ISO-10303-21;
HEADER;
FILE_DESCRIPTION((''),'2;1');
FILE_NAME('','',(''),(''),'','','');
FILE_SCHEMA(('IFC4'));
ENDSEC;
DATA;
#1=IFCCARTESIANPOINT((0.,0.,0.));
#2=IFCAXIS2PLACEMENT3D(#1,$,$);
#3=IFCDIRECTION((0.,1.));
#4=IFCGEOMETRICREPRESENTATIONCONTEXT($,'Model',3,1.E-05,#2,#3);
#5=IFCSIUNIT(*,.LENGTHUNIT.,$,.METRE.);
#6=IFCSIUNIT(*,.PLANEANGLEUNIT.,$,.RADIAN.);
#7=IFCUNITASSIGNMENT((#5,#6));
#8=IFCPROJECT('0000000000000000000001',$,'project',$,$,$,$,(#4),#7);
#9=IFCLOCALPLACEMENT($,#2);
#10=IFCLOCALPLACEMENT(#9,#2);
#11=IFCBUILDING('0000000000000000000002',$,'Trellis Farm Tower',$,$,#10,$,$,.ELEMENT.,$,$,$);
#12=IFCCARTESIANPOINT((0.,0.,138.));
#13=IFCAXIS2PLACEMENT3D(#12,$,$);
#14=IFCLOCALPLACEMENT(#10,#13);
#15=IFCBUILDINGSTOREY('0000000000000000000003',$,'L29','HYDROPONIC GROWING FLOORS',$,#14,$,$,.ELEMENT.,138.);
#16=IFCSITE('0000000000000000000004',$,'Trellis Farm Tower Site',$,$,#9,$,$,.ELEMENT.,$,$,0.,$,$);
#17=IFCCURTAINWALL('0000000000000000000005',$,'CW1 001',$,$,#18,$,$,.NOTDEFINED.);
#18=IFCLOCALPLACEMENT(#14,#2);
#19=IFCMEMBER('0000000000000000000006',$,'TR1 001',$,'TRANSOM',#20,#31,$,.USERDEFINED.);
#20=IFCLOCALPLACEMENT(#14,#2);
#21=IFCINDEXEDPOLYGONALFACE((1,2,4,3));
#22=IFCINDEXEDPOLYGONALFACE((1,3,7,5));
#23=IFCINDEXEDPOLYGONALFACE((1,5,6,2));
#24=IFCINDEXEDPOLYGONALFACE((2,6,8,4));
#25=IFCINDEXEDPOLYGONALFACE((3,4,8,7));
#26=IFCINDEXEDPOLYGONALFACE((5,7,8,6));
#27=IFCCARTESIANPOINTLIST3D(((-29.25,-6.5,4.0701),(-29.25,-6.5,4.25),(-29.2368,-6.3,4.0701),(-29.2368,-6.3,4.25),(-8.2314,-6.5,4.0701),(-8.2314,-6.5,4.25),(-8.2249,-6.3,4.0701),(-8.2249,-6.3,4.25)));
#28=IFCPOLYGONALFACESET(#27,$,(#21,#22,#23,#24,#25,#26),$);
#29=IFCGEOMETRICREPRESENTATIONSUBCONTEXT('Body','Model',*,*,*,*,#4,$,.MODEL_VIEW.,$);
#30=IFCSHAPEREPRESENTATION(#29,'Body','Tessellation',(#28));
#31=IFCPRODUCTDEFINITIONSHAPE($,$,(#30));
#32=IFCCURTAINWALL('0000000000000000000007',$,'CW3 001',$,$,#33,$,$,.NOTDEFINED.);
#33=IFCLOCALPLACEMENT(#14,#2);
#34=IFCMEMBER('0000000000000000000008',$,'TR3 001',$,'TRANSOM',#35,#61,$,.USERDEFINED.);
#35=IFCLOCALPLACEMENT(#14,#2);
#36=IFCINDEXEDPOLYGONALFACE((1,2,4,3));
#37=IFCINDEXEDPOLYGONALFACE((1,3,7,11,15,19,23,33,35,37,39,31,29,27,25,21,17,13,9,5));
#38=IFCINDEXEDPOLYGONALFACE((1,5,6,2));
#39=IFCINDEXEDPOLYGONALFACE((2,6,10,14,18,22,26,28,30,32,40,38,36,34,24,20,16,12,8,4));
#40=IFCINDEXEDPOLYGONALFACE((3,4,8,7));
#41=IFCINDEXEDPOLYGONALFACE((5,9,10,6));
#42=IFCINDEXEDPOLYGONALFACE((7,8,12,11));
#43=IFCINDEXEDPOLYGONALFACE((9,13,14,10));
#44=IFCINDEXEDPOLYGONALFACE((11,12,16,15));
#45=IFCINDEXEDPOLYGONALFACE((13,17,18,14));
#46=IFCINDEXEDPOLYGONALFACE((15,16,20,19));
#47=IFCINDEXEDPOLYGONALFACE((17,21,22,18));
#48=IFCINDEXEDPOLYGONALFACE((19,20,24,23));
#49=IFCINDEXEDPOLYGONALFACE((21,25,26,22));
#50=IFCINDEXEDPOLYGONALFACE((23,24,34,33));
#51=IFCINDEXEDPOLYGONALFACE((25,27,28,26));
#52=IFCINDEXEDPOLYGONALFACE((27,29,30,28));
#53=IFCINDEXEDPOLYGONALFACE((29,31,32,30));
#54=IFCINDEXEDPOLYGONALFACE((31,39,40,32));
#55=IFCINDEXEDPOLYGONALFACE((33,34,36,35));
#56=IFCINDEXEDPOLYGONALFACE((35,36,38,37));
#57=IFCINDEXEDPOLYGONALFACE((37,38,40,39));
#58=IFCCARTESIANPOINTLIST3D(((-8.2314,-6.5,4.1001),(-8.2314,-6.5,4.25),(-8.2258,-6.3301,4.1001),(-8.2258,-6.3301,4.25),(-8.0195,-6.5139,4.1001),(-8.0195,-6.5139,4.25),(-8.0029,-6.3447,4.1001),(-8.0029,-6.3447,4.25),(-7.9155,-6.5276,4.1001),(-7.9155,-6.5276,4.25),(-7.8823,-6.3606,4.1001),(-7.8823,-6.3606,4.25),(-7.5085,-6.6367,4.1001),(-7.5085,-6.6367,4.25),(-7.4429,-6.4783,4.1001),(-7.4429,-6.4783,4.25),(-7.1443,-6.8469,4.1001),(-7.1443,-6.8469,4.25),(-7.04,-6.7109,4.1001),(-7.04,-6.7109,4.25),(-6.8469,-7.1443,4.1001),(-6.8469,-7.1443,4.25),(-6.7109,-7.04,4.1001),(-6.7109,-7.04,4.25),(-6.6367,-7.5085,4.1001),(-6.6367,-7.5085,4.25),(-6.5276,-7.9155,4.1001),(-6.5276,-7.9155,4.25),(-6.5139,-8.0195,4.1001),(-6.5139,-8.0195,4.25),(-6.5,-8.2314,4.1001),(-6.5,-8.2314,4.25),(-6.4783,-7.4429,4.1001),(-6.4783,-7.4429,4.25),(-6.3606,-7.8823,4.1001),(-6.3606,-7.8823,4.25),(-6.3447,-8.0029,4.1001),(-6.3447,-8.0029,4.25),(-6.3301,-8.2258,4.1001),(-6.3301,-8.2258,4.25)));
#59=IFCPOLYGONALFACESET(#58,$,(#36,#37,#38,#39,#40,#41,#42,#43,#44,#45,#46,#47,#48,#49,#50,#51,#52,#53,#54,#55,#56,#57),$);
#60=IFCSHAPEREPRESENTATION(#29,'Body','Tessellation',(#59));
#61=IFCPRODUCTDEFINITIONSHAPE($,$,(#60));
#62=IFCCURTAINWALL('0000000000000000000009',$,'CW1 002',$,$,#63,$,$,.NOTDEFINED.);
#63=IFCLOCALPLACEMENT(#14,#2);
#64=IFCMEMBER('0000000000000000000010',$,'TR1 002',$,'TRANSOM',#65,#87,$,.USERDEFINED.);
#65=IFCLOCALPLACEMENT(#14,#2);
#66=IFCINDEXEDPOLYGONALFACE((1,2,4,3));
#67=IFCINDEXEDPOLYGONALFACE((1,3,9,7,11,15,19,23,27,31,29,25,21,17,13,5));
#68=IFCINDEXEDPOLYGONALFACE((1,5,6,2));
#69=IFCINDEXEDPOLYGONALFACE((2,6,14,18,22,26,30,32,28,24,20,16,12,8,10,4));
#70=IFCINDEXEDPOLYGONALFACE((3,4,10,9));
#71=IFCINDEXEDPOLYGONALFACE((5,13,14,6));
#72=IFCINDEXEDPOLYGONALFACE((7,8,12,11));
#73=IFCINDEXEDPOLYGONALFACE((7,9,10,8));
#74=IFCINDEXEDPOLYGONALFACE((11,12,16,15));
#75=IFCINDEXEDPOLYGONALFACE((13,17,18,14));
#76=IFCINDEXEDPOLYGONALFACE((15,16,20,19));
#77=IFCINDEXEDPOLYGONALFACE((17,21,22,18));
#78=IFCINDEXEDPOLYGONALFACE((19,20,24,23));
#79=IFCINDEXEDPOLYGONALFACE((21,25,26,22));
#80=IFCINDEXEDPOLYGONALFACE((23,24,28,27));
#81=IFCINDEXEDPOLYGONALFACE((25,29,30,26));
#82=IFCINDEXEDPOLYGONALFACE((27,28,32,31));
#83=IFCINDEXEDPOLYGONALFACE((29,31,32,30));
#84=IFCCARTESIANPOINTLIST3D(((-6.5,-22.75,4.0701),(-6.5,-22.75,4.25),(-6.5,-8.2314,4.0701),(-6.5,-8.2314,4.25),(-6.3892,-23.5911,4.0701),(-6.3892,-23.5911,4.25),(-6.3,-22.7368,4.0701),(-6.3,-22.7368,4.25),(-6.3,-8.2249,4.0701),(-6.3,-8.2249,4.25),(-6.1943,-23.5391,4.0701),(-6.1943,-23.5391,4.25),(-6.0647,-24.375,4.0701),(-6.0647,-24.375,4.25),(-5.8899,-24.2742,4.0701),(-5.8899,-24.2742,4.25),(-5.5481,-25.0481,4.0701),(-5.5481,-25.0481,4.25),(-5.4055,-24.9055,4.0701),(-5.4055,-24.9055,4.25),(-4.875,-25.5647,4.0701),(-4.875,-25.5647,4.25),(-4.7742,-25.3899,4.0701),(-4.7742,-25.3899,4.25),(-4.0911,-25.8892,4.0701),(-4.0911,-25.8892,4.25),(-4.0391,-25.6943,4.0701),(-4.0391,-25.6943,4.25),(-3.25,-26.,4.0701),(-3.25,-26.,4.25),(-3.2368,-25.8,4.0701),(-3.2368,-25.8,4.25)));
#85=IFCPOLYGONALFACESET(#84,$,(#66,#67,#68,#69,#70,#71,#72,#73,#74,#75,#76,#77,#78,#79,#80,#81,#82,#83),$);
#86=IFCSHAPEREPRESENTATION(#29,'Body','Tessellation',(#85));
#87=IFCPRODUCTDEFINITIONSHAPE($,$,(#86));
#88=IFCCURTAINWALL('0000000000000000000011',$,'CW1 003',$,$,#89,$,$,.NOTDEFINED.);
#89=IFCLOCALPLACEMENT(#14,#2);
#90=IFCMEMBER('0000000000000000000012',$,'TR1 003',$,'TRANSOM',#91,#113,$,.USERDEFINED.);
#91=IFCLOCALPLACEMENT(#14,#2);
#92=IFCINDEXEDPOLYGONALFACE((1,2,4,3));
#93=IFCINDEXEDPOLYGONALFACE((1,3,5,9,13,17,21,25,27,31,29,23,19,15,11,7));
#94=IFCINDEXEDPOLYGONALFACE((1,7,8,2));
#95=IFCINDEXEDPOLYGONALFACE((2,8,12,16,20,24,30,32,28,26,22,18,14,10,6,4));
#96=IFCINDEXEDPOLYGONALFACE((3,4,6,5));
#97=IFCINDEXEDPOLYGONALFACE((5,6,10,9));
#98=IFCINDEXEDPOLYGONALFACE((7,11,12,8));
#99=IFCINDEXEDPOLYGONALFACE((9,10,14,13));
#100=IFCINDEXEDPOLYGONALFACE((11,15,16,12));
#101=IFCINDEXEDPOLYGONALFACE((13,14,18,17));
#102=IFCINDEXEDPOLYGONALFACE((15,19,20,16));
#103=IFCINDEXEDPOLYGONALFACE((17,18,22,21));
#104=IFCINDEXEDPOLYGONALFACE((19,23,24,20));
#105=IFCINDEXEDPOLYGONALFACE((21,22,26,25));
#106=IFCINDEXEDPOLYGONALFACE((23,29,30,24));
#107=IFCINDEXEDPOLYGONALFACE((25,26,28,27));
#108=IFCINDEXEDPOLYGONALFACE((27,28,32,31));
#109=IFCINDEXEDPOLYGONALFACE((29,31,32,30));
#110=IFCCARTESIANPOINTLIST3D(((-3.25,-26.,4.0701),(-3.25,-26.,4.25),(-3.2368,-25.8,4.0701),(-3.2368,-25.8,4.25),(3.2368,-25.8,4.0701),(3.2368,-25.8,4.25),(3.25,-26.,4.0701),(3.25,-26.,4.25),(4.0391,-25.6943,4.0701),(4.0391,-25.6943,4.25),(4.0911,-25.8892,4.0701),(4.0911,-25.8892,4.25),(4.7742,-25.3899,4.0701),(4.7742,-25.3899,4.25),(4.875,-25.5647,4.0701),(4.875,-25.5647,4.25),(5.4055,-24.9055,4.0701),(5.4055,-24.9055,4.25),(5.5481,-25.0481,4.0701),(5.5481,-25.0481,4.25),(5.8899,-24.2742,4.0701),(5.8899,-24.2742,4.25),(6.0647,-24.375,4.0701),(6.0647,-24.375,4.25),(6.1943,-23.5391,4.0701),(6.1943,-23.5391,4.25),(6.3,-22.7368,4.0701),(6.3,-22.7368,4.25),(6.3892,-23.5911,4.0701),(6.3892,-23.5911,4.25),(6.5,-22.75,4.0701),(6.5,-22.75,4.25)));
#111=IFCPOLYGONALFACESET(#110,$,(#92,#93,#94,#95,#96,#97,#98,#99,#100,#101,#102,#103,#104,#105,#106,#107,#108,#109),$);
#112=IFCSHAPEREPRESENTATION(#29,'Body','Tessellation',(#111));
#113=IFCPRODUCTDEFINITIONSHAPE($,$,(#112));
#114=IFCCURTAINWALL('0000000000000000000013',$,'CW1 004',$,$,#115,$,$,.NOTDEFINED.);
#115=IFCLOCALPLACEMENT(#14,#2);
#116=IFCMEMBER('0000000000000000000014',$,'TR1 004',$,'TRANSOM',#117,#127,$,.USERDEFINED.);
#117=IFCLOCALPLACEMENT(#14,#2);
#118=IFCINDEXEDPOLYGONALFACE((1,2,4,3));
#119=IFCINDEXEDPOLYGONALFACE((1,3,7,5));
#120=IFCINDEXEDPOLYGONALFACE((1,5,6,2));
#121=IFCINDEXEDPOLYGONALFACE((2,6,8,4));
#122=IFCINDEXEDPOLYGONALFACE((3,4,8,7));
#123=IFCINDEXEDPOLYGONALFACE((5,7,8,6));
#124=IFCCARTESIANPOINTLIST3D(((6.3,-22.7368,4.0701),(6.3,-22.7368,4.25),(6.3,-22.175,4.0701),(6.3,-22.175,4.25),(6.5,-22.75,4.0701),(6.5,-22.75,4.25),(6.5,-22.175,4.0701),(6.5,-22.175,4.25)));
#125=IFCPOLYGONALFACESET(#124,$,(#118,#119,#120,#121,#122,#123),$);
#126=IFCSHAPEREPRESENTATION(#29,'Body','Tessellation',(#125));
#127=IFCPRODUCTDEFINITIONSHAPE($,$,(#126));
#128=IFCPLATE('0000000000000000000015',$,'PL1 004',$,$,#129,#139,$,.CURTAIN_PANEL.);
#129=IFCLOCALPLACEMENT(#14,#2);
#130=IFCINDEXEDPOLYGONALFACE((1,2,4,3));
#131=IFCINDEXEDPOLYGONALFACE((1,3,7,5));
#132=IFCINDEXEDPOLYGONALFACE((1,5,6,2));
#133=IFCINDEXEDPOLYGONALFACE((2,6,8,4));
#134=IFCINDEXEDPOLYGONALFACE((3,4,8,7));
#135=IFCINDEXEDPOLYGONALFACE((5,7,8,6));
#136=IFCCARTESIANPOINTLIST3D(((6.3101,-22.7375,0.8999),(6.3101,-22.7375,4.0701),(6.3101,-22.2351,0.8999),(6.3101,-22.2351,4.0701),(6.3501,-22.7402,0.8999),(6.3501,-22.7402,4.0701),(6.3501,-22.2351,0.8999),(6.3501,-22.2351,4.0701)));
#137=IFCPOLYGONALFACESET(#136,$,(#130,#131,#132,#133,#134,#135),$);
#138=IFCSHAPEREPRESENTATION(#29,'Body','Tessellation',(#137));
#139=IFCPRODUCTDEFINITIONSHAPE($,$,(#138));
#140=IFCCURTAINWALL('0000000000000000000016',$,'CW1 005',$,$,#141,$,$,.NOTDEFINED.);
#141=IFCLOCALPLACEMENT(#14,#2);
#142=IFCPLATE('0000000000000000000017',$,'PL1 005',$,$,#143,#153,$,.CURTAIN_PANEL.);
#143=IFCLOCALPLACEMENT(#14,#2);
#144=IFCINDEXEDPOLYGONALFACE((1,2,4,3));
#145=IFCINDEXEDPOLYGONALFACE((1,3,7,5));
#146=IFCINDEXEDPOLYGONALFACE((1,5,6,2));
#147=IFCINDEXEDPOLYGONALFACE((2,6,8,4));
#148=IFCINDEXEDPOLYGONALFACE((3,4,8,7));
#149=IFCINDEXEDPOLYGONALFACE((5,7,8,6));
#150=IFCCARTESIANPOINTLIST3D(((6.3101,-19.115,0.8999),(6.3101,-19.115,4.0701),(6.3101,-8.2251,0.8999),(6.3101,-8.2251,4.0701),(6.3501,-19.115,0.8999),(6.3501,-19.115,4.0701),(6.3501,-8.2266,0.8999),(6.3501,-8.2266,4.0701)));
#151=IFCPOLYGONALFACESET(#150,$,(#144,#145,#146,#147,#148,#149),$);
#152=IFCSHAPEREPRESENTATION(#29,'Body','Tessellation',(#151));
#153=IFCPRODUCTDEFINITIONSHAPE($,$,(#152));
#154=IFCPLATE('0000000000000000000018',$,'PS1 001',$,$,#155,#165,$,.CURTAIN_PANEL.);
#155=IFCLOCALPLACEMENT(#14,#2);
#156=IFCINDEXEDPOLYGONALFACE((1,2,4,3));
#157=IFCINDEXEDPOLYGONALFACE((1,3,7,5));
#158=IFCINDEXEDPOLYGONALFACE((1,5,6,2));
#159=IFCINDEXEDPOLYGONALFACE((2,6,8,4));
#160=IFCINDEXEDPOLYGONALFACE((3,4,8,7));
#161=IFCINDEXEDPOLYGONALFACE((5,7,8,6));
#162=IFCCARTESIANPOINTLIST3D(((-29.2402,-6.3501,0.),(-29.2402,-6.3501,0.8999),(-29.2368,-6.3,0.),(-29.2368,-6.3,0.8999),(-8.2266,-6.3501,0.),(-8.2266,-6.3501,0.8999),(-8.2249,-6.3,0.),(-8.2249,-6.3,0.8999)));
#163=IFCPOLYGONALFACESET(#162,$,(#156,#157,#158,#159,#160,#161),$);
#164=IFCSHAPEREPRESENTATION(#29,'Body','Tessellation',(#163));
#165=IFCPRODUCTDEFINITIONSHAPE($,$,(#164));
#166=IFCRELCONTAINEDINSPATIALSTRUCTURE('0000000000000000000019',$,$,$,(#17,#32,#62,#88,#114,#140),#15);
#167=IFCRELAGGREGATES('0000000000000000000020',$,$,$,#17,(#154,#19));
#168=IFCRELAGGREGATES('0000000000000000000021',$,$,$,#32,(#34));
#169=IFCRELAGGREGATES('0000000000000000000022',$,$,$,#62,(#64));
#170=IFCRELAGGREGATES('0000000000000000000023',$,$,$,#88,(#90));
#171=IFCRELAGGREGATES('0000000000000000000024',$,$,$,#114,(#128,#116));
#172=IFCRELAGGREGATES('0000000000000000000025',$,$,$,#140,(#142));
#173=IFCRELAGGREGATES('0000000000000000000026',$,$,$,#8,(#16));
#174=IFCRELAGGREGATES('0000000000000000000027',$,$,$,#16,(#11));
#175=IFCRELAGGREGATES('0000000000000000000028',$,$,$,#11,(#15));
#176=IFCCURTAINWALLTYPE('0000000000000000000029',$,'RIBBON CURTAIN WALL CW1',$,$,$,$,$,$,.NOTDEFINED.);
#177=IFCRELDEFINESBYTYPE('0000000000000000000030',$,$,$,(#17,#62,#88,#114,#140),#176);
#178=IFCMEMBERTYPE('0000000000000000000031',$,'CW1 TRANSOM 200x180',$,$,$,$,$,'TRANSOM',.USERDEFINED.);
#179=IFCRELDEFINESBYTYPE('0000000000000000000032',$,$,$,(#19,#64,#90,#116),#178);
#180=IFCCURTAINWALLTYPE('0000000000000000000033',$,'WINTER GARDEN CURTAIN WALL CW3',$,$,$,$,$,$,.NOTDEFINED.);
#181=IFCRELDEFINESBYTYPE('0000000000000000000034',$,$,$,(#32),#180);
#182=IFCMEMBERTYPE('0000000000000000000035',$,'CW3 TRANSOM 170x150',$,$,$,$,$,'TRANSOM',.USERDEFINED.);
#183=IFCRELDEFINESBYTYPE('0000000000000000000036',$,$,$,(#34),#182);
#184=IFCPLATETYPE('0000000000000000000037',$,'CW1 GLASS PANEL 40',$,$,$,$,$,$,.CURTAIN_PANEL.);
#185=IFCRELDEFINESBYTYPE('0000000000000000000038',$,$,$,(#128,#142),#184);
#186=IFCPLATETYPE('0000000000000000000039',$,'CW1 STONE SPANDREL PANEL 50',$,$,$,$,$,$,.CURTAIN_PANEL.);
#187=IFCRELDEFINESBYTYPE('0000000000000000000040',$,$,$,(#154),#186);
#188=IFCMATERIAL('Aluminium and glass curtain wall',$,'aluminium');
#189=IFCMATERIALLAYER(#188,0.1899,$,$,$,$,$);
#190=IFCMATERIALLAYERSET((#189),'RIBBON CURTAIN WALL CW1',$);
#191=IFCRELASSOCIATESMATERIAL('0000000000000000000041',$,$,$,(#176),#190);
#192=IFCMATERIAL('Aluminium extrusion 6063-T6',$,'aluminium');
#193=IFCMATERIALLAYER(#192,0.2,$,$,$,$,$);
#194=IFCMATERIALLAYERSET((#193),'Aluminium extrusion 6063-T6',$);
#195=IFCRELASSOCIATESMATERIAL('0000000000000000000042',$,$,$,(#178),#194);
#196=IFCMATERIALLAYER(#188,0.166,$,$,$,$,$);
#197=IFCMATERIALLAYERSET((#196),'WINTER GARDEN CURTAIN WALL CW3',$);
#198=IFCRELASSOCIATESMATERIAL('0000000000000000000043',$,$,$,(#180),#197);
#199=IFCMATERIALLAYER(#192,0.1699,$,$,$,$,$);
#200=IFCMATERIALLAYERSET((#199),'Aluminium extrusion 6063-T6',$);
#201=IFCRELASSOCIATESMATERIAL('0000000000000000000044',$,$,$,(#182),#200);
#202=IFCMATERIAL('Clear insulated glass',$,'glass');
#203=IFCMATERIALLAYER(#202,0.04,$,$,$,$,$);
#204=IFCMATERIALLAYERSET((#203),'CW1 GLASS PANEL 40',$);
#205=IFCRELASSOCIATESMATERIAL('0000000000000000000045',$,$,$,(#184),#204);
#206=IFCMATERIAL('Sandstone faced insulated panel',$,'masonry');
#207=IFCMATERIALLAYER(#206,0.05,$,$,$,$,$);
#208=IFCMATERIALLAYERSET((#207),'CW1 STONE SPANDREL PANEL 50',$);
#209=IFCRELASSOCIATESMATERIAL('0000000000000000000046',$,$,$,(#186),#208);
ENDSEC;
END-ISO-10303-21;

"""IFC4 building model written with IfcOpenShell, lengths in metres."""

from ifc_helpers import new_model, si_unit, direction, frame, origin, place, context, subcontext, project, spatial, polyline, outline, extrude, source, transform, mapped, material, layer, layer_set, type_object, element, aggregate, save


model = new_model("IFC4")

# Units and contexts
model_context = context("Model", 3, precision=1e-05, world=origin(), true_north=direction((0.0, 1.0)))
body_context = subcontext(model_context, "Body", "Model", "MODEL_VIEW")
ifc_project = project(units=[si_unit("LENGTHUNIT", "METRE"), si_unit("PLANEANGLEUNIT", "RADIAN")], contexts=[model_context])

# Site, building, storey
site_placement = place(None, origin())
site = spatial("IfcSite", under=ifc_project, at=site_placement, Name="Trellis Farm Tower Site", CompositionType="ELEMENT", RefElevation=0.0)
building_placement = place(site_placement, origin())
building = spatial("IfcBuilding", under=site, at=building_placement, Name="Trellis Farm Tower", CompositionType="ELEMENT")
storey_placement = place(building_placement, frame((0.0, 0.0, 138.0)))
storey = spatial("IfcBuildingStorey", under=building, at=storey_placement, Name="L29", Description="HYDROPONIC GROWING FLOORS", CompositionType="ELEMENT", Elevation=138.0)

# Curtain walls, members
ifc_material_1 = material(Name="Aluminium and glass curtain wall", Category="aluminium")
ifc_layer_1 = layer(ifc_material_1, 0.1899)
ifc_layer_set_1 = layer_set([ifc_layer_1], Name="RIBBON CURTAIN WALL CW1")
curtain_wall_type_1 = type_object("IfcCurtainWallType", Name="RIBBON CURTAIN WALL CW1", PredefinedType="NOTDEFINED", material=ifc_layer_set_1)
placement_1 = place(storey_placement, origin())
curtain_wall_1 = element("IfcCurtainWall", 1, at=placement_1, inside=storey, type_object=curtain_wall_type_1, Name="CW1 001", PredefinedType="NOTDEFINED")
ifc_material_2 = material(Name="Aluminium extrusion 6063-T6", Category="aluminium")
ifc_layer_2 = layer(ifc_material_2, 0.2)
ifc_layer_set_2 = layer_set([ifc_layer_2], Name="Aluminium extrusion 6063-T6")
member_type_1 = type_object("IfcMemberType", Name="CW1 TRANSOM 200x180", ElementType="TRANSOM", PredefinedType="USERDEFINED", material=ifc_layer_set_2)
shared_shape_1 = source(origin(), body_context, "Body", "SweptSolid", [
    extrude(outline(polyline([(-29.25, -6.5), (-8.2314, -6.5), (-8.2249, -6.3), (-29.2368, -6.3), (-29.25, -6.5)])), origin(), (0.0, 0.0, 1.0), 0.1799),
])
placement_2 = place(storey_placement, frame((0.0, 0.0, 4.0701)))
member_1 = element("IfcMember", 2, at=placement_2, type_object=member_type_1, Name="TR1 001", ObjectType="TRANSOM", PredefinedType="USERDEFINED", context=body_context, shape_type="MappedRepresentation", body=[
    mapped(shared_shape_1, transform((0.0, 0.0, 0.0))),
])
ifc_layer_3 = layer(ifc_material_1, 0.166)
ifc_layer_set_3 = layer_set([ifc_layer_3], Name="WINTER GARDEN CURTAIN WALL CW3")
curtain_wall_type_2 = type_object("IfcCurtainWallType", Name="WINTER GARDEN CURTAIN WALL CW3", PredefinedType="NOTDEFINED", material=ifc_layer_set_3)
curtain_wall_2 = element("IfcCurtainWall", 3, at=placement_1, inside=storey, type_object=curtain_wall_type_2, Name="CW3 001", PredefinedType="NOTDEFINED")
ifc_layer_4 = layer(ifc_material_2, 0.1699)
ifc_layer_set_4 = layer_set([ifc_layer_4], Name="Aluminium extrusion 6063-T6")
member_type_2 = type_object("IfcMemberType", Name="CW3 TRANSOM 170x150", ElementType="TRANSOM", PredefinedType="USERDEFINED", material=ifc_layer_set_4)
shared_shape_2 = source(origin(), body_context, "Body", "SweptSolid", [
    extrude(outline(polyline([(-8.2314, -6.5), (-8.0195, -6.5139), (-7.9155, -6.5276), (-7.5085, -6.6367), (-7.1443, -6.8469), (-6.8469, -7.1443), (-6.6367, -7.5085), (-6.5276, -7.9155), (-6.5139, -8.0195), (-6.5, -8.2314), (-6.3301, -8.2258), (-6.3447, -8.0029), (-6.3606, -7.8823), (-6.4783, -7.4429), (-6.7109, -7.04), (-7.04, -6.7109), (-7.4429, -6.4783), (-7.8823, -6.3606), (-8.0029, -6.3447), (-8.2258, -6.3301), (-8.2314, -6.5)])), origin(), (0.0, 0.0, 1.0), 0.1499),
])
member_2_placement = place(storey_placement, frame((0.0, 0.0, 4.1001)))
member_2 = element("IfcMember", 4, at=member_2_placement, type_object=member_type_2, Name="TR3 001", ObjectType="TRANSOM", PredefinedType="USERDEFINED", context=body_context, shape_type="MappedRepresentation", body=[
    mapped(shared_shape_2, transform((0.0, 0.0, 0.0))),
])
curtain_wall_3 = element("IfcCurtainWall", 5, at=placement_1, inside=storey, type_object=curtain_wall_type_1, Name="CW1 002", PredefinedType="NOTDEFINED")
shared_shape_3 = source(origin(), body_context, "Body", "SweptSolid", [
    extrude(outline(polyline([(-6.5, -8.2314), (-6.5, -22.75), (-6.3892, -23.5911), (-6.0647, -24.375), (-5.5481, -25.0481), (-4.875, -25.5647), (-4.0911, -25.8892), (-3.25, -26.0), (-3.2368, -25.8), (-4.0391, -25.6943), (-4.7742, -25.3899), (-5.4055, -24.9055), (-5.8899, -24.2742), (-6.1943, -23.5391), (-6.3, -22.7368), (-6.3, -8.2249), (-6.5, -8.2314)])), origin(), (0.0, 0.0, 1.0), 0.1799),
])
member_3 = element("IfcMember", 6, at=placement_2, type_object=member_type_1, Name="TR1 002", ObjectType="TRANSOM", PredefinedType="USERDEFINED", context=body_context, shape_type="MappedRepresentation", body=[
    mapped(shared_shape_3, transform((0.0, 0.0, 0.0))),
])
curtain_wall_4 = element("IfcCurtainWall", 7, at=placement_1, inside=storey, type_object=curtain_wall_type_1, Name="CW1 003", PredefinedType="NOTDEFINED")
shared_shape_4 = source(origin(), body_context, "Body", "SweptSolid", [
    extrude(outline(polyline([(-3.25, -26.0), (3.25, -26.0), (4.0911, -25.8892), (4.875, -25.5647), (5.5481, -25.0481), (6.0647, -24.375), (6.3892, -23.5911), (6.5, -22.75), (6.3, -22.7368), (6.1943, -23.5391), (5.8899, -24.2742), (5.4055, -24.9055), (4.7742, -25.3899), (4.0391, -25.6943), (3.2368, -25.8), (-3.2368, -25.8), (-3.25, -26.0)])), origin(), (0.0, 0.0, 1.0), 0.1799),
])
member_4 = element("IfcMember", 8, at=placement_2, type_object=member_type_1, Name="TR1 003", ObjectType="TRANSOM", PredefinedType="USERDEFINED", context=body_context, shape_type="MappedRepresentation", body=[
    mapped(shared_shape_4, transform((0.0, 0.0, 0.0))),
])

# Curtain wall, member, plate
curtain_wall_5 = element("IfcCurtainWall", 9, at=placement_1, inside=storey, type_object=curtain_wall_type_1, Name="CW1 004", PredefinedType="NOTDEFINED")
shared_shape_5 = source(origin(), body_context, "Body", "SweptSolid", [
    extrude(outline(polyline([(6.5, -22.75), (6.5, -22.175), (6.3, -22.175), (6.3, -22.7368), (6.5, -22.75)])), origin(), (0.0, 0.0, 1.0), 0.1799),
])
member_5 = element("IfcMember", 10, at=placement_2, type_object=member_type_1, Name="TR1 004", ObjectType="TRANSOM", PredefinedType="USERDEFINED", context=body_context, shape_type="MappedRepresentation", body=[
    mapped(shared_shape_5, transform((0.0, 0.0, 0.0))),
])
ifc_material_3 = material(Name="Clear insulated glass", Category="glass")
ifc_layer_5 = layer(ifc_material_3, 0.04)
ifc_layer_set_5 = layer_set([ifc_layer_5], Name="CW1 GLASS PANEL 40")
plate_type_1 = type_object("IfcPlateType", Name="CW1 GLASS PANEL 40", PredefinedType="CURTAIN_PANEL", material=ifc_layer_set_5)
placement_3 = place(storey_placement, frame((0.0, 0.0, 0.8999)))
plate_1 = element("IfcPlate", 11, at=placement_3, type_object=plate_type_1, Name="PL1 004", PredefinedType="CURTAIN_PANEL", context=body_context, shape_type="SweptSolid", body=[
    extrude(outline(polyline([(6.3501, -22.7402), (6.3501, -22.2351), (6.3101, -22.2351), (6.3101, -22.7375), (6.3501, -22.7402)])), origin(), (0.0, 0.0, 1.0), 3.1702),
])

# Curtain wall, plate
curtain_wall_6 = element("IfcCurtainWall", 12, at=placement_1, inside=storey, type_object=curtain_wall_type_1, Name="CW1 005", PredefinedType="NOTDEFINED")
plate_2 = element("IfcPlate", 13, at=placement_3, type_object=plate_type_1, Name="PL1 005", PredefinedType="CURTAIN_PANEL", context=body_context, shape_type="SweptSolid", body=[
    extrude(outline(polyline([(6.3501, -19.115), (6.3501, -8.2266), (6.3101, -8.2251), (6.3101, -19.115), (6.3501, -19.115)])), origin(), (0.0, 0.0, 1.0), 3.1702),
])

# Plate
ifc_material_4 = material(Name="Sandstone faced insulated panel", Category="masonry")
ifc_layer_6 = layer(ifc_material_4, 0.05)
ifc_layer_set_6 = layer_set([ifc_layer_6], Name="CW1 STONE SPANDREL PANEL 50")
plate_type_2 = type_object("IfcPlateType", Name="CW1 STONE SPANDREL PANEL 50", PredefinedType="CURTAIN_PANEL", material=ifc_layer_set_6)
shared_shape_6 = source(origin(), body_context, "Body", "SweptSolid", [
    extrude(outline(polyline([(-29.2402, -6.3501), (-8.2266, -6.3501), (-8.2249, -6.3), (-29.2368, -6.3), (-29.2402, -6.3501)])), origin(), (0.0, 0.0, 1.0), 0.8999),
])
plate_3 = element("IfcPlate", 14, at=placement_1, type_object=plate_type_2, Name="PS1 001", PredefinedType="CURTAIN_PANEL", context=body_context, shape_type="MappedRepresentation", body=[
    mapped(shared_shape_6, transform((0.0, 0.0, 0.0))),
])
aggregate(curtain_wall_1, [plate_3, member_1])
aggregate(curtain_wall_2, [member_2])
aggregate(curtain_wall_3, [member_3])
aggregate(curtain_wall_4, [member_4])
aggregate(curtain_wall_5, [plate_1, member_5])
aggregate(curtain_wall_6, [plate_2])

save(model, "model.ifc")
